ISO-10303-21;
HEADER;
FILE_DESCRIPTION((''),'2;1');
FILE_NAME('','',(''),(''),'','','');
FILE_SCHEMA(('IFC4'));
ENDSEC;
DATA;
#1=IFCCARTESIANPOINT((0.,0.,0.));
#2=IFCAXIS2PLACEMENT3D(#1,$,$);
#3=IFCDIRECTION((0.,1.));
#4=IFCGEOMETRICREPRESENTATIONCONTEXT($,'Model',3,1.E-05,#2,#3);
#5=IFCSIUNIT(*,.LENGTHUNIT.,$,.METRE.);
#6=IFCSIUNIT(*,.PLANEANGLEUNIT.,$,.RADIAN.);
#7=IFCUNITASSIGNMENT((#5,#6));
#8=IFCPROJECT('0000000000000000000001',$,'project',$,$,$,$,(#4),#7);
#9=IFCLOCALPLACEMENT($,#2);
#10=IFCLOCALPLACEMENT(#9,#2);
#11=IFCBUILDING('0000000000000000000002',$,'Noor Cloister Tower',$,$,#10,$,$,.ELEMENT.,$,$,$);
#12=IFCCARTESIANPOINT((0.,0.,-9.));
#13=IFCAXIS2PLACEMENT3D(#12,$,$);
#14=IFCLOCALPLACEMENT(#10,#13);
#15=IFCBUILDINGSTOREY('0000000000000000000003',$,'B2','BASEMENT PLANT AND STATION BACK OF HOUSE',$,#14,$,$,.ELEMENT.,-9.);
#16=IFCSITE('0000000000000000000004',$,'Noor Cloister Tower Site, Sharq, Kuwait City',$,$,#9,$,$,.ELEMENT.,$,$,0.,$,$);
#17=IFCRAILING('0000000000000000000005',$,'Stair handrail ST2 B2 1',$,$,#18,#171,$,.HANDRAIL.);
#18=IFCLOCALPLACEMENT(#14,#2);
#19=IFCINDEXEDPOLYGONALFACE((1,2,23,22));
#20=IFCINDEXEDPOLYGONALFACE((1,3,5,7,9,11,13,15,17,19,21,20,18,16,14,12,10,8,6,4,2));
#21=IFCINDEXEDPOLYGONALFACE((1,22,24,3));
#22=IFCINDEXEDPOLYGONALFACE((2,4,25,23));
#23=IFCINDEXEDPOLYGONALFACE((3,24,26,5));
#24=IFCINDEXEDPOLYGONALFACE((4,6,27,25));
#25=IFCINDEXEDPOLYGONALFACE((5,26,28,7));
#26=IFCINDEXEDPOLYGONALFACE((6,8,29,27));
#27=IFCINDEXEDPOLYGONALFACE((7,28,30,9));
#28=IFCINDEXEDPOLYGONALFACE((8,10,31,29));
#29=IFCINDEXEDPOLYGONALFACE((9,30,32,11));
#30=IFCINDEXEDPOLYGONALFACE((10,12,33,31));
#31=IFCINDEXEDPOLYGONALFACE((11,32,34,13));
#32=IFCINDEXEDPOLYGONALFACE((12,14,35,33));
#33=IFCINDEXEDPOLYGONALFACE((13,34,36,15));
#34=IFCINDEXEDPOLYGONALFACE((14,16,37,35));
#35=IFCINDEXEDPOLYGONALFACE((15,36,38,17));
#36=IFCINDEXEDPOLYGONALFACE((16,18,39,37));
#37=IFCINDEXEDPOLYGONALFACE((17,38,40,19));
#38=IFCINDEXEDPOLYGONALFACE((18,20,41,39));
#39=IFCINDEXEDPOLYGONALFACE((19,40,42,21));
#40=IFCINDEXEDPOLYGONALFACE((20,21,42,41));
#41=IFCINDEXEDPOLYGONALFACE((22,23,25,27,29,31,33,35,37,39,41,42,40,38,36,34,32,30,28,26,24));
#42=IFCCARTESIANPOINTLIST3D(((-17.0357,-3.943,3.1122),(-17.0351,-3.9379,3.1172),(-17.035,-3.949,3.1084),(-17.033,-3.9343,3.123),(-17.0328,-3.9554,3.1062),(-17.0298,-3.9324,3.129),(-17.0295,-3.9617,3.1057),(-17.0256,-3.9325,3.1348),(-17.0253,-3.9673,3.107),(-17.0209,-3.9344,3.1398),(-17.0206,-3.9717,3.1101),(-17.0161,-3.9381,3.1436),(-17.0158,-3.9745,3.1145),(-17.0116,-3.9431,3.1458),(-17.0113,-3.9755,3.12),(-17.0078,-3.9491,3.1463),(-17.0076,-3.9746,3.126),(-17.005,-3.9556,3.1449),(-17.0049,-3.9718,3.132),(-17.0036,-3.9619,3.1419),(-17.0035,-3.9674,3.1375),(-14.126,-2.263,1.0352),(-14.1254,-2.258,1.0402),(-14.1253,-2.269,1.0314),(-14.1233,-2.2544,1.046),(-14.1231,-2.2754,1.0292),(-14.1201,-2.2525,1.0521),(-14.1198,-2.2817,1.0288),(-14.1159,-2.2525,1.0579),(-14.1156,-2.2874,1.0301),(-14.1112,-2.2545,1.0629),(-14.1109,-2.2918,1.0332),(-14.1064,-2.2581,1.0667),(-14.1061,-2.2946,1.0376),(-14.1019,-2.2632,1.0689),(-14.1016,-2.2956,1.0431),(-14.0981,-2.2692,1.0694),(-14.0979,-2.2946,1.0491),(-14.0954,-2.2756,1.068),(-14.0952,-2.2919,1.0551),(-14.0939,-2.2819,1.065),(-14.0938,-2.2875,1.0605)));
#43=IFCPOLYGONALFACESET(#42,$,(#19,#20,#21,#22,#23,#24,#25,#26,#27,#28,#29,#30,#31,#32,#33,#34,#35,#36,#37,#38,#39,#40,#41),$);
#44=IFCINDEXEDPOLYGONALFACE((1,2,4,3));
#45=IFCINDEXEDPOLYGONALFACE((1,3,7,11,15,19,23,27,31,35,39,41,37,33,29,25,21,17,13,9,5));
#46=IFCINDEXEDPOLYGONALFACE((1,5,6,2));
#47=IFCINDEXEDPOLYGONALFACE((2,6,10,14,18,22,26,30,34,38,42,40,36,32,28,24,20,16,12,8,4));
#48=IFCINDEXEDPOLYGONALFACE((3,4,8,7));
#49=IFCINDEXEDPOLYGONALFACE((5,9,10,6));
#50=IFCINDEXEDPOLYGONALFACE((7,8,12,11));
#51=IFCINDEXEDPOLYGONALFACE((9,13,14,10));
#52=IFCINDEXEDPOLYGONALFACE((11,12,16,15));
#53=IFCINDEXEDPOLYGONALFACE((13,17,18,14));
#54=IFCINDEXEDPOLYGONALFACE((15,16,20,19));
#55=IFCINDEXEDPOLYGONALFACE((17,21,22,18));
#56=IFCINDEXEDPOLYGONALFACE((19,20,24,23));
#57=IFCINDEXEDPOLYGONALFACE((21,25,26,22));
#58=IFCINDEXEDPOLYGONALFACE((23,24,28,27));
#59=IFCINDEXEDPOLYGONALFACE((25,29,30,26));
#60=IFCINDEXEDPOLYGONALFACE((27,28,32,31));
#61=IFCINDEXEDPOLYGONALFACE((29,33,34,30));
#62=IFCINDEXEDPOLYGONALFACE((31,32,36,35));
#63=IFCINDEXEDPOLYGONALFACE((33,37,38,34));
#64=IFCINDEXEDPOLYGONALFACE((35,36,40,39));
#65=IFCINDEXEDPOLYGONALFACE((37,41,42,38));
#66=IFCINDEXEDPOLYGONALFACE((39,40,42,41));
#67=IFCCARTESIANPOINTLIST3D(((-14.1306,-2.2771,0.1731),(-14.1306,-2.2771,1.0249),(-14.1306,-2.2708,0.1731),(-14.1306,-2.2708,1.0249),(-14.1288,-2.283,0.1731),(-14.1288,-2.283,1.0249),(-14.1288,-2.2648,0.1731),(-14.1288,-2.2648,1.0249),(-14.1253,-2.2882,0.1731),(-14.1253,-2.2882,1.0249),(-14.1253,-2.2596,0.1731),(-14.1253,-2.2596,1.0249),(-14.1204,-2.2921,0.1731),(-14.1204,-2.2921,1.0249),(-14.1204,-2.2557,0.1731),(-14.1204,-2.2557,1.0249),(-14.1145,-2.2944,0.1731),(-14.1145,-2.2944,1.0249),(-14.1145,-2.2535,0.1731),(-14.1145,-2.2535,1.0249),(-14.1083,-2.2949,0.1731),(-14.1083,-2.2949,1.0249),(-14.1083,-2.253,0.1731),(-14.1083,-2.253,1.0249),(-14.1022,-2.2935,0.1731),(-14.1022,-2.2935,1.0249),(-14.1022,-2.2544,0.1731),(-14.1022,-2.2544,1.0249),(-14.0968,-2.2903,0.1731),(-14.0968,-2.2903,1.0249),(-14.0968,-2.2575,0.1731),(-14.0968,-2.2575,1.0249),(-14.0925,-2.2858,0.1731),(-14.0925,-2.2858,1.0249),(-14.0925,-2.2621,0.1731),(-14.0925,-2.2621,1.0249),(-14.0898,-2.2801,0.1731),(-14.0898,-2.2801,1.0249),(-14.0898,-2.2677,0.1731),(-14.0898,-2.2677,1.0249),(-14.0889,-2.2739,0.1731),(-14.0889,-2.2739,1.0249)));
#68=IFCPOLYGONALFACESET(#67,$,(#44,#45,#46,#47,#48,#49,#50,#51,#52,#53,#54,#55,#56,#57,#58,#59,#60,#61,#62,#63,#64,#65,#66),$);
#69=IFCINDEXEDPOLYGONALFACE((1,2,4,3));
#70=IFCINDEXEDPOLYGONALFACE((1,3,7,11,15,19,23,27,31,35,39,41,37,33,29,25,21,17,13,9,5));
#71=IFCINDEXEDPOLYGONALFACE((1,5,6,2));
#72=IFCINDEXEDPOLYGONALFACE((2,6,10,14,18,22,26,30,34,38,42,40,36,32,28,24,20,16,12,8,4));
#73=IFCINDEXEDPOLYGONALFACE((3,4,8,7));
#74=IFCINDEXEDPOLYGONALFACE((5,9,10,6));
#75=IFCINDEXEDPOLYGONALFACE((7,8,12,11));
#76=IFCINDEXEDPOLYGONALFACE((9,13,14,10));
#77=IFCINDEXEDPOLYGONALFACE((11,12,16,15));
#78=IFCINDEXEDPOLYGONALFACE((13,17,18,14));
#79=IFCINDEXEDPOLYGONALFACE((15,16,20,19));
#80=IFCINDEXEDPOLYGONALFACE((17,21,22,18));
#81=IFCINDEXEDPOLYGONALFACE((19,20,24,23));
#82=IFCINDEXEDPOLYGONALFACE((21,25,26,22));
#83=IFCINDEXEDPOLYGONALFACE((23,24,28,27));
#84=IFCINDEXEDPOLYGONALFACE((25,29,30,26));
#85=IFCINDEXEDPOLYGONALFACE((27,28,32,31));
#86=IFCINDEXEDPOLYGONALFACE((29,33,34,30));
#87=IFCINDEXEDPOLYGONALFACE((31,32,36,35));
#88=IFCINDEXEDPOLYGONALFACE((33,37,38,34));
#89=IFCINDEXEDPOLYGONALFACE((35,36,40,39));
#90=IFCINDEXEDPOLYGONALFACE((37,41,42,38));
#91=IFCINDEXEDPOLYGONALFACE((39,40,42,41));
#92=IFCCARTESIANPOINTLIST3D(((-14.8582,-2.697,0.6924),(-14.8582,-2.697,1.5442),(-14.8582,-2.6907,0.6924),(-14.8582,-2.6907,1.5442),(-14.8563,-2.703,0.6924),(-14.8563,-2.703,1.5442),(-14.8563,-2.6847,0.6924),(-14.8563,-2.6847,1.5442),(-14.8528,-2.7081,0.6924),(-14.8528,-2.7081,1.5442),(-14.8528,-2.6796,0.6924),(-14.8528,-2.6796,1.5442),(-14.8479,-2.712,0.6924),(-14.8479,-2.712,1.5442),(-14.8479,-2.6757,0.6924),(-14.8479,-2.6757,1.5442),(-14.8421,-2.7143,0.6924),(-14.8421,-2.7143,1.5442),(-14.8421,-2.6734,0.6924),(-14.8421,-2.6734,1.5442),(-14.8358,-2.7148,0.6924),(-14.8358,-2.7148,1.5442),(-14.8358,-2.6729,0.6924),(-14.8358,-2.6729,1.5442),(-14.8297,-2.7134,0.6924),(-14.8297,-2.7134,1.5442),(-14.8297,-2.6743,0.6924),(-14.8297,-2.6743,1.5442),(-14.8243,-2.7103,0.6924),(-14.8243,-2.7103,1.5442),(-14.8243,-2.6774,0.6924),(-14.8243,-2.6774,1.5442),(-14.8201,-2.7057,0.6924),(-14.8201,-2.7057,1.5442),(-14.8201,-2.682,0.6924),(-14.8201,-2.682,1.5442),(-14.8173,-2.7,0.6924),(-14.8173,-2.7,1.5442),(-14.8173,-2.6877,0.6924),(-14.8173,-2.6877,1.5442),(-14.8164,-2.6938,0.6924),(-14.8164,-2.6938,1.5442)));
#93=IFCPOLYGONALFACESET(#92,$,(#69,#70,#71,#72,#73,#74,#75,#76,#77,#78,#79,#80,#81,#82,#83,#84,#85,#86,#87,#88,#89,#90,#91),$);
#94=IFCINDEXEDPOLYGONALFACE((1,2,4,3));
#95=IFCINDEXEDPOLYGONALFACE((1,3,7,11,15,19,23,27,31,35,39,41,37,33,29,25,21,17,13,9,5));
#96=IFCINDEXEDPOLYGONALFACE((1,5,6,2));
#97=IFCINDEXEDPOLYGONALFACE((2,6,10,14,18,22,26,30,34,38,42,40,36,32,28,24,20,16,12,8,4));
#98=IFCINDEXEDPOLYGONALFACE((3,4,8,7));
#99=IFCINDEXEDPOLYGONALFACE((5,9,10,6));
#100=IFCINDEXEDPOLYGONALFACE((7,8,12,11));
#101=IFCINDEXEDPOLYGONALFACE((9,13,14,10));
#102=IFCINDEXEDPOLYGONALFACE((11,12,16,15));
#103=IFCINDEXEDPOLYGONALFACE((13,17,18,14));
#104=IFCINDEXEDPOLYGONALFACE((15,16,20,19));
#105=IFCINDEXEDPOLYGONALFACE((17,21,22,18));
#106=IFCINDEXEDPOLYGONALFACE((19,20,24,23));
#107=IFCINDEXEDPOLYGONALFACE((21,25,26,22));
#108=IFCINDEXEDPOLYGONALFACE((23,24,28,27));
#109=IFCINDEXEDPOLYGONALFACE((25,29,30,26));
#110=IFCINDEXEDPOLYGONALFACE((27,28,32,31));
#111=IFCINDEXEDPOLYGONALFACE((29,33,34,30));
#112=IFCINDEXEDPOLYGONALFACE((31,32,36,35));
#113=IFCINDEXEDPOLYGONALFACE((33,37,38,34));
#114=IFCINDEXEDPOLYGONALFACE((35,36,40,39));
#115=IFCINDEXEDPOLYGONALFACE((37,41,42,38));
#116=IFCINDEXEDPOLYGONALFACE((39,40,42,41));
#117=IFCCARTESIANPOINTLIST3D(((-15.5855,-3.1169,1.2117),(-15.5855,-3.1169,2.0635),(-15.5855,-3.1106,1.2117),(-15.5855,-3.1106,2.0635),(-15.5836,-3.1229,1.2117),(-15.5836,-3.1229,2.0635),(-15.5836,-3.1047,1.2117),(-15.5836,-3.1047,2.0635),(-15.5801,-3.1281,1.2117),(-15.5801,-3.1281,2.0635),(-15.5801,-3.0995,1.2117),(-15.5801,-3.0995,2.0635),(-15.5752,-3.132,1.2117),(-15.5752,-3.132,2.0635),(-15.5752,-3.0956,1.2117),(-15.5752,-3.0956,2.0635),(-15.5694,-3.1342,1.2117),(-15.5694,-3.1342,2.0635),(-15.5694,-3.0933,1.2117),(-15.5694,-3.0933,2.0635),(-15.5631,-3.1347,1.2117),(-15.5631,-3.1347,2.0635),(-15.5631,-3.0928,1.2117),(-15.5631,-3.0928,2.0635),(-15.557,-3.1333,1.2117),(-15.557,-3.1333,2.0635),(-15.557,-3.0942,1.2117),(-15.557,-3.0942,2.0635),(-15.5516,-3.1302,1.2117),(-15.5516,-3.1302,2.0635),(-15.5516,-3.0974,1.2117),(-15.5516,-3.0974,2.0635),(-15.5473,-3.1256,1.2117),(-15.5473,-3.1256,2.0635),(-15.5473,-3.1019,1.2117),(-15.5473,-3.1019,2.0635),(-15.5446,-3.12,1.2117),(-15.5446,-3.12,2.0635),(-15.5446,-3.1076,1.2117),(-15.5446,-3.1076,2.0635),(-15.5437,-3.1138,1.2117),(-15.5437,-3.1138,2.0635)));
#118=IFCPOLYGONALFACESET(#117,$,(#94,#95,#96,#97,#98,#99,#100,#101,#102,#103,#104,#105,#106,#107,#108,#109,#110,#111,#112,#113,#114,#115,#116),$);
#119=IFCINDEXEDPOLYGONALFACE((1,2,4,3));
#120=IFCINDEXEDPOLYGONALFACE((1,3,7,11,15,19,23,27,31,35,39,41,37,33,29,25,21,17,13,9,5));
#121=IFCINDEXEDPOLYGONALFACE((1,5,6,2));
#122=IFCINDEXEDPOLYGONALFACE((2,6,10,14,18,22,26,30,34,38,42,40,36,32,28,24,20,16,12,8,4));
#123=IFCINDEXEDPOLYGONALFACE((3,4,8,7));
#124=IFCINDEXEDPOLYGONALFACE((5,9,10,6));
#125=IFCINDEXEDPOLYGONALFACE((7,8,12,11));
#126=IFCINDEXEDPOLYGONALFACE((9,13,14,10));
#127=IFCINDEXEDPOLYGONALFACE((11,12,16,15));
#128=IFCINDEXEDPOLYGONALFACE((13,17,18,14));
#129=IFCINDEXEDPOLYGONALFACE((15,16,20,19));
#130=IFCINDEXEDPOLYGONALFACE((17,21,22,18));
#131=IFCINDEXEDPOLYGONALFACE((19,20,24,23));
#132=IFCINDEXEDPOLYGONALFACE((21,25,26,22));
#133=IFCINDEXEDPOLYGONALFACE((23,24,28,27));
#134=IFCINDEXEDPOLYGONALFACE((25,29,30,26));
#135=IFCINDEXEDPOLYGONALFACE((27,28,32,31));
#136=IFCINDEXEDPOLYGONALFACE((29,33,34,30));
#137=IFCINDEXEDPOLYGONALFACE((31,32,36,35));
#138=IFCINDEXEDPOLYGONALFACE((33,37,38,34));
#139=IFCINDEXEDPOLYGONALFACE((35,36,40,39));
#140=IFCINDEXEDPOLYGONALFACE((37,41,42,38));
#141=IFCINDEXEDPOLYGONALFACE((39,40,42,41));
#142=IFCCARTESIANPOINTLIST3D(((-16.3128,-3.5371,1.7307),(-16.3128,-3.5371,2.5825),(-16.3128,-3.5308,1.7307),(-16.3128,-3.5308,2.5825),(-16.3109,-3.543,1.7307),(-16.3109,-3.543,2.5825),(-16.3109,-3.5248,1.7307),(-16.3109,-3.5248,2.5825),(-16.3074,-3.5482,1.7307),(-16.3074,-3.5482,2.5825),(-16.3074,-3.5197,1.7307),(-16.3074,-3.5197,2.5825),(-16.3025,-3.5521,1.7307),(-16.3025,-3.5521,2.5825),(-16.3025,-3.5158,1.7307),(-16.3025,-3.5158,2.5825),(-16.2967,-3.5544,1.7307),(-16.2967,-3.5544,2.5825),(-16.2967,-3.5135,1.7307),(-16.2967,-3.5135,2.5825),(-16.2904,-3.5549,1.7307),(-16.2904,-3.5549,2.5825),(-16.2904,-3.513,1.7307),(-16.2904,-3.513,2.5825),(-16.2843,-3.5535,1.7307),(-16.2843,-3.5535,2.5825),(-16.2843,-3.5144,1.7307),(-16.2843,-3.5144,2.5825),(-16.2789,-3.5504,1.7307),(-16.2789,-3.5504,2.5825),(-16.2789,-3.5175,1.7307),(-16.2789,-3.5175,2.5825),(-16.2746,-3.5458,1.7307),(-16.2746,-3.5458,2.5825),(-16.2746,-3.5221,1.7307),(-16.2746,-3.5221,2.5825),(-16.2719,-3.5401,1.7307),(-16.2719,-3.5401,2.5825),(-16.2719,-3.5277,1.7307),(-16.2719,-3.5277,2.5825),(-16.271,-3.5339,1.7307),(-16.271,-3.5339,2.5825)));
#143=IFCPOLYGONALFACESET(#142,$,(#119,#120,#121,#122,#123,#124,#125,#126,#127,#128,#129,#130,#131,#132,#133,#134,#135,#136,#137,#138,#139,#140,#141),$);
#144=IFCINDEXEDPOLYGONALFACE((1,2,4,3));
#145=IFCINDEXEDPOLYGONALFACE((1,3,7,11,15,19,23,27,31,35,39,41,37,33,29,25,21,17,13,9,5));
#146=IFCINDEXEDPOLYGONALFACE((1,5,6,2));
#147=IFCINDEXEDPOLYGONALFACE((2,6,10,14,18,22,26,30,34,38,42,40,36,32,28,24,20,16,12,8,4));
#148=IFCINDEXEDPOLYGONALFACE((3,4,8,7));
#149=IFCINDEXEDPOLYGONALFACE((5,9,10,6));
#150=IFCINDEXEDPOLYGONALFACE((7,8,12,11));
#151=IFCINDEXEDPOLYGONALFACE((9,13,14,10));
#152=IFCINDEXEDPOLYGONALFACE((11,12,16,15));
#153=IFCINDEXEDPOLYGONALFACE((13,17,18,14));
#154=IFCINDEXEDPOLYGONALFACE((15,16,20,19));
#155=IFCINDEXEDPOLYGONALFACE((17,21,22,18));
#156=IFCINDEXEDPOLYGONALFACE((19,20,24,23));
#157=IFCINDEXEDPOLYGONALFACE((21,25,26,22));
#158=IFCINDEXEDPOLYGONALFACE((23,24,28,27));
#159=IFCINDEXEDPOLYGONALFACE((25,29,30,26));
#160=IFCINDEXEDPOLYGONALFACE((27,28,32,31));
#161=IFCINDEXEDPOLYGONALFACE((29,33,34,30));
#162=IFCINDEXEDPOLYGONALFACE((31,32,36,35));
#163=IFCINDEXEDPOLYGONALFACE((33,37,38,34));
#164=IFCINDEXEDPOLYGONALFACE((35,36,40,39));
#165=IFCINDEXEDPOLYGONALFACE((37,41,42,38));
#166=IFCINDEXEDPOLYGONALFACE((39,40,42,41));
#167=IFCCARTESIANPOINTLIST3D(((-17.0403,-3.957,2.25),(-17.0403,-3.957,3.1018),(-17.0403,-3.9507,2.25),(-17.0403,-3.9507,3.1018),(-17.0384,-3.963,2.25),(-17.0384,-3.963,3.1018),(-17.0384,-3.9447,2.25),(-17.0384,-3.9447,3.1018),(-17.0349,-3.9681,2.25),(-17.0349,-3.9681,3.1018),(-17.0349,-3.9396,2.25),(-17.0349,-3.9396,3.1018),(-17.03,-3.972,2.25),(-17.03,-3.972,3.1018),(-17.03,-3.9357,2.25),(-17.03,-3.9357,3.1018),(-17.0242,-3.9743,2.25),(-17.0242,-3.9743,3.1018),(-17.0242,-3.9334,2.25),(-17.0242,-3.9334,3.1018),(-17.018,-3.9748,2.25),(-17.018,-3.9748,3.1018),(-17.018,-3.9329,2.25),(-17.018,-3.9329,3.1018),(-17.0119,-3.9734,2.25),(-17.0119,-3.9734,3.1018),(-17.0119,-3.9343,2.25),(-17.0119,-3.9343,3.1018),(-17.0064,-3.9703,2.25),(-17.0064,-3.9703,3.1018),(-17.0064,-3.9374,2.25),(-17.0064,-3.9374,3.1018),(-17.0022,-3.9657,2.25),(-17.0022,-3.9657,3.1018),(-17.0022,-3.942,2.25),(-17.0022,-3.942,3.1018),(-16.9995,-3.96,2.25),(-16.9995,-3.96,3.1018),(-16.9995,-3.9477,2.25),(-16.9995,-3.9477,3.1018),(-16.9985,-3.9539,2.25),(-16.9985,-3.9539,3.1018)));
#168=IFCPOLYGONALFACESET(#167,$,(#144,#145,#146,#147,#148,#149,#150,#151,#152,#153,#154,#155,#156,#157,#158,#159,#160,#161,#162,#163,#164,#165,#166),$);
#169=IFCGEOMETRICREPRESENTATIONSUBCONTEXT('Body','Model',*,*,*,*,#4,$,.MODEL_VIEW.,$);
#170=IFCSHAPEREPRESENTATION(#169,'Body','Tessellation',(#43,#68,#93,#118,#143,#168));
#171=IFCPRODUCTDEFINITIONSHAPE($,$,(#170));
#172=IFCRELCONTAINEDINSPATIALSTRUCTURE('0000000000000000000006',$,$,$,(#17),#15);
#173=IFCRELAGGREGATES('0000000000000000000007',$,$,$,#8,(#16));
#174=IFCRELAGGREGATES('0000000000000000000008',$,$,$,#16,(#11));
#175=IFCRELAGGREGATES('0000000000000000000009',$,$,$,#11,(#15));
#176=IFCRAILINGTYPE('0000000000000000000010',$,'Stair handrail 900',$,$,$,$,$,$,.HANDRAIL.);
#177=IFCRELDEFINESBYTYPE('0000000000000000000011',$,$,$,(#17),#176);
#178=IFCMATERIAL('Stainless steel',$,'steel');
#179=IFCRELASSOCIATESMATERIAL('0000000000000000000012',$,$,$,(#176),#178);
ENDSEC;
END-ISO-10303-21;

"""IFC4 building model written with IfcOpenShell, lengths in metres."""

from ifc_helpers import new_model, si_unit, direction, frame, origin, origin_2d, place, context, subcontext, project, spatial, circle, extrude, material, type_object, element, save


model = new_model("IFC4")

# Units and contexts
model_context = context("Model", 3, precision=1e-05, world=origin(), true_north=direction((0.0, 1.0)))
body_context = subcontext(model_context, "Body", "Model", "MODEL_VIEW")
ifc_project = project(units=[si_unit("LENGTHUNIT", "METRE"), si_unit("PLANEANGLEUNIT", "RADIAN")], contexts=[model_context])

# Site, building, storey
site_placement = place(None, origin())
site = spatial("IfcSite", under=ifc_project, at=site_placement, Name="Noor Cloister Tower Site, Sharq, Kuwait City", CompositionType="ELEMENT", RefElevation=0.0)
building_placement = place(site_placement, origin())
building = spatial("IfcBuilding", under=site, at=building_placement, Name="Noor Cloister Tower", CompositionType="ELEMENT")
storey_placement = place(building_placement, frame((0.0, 0.0, -9.0)))
storey = spatial("IfcBuildingStorey", under=building, at=storey_placement, Name="B2", Description="BASEMENT PLANT AND STATION BACK OF HOUSE", CompositionType="ELEMENT", Elevation=-9.0)

# Railing
ifc_material_1 = material(Name="Stainless steel", Category="steel")
railing_type = type_object("IfcRailingType", Name="Stair handrail 900", PredefinedType="HANDRAIL", material=ifc_material_1)
railing_1_placement = place(storey_placement, frame((-14.1099, -2.2739, 0.1731)))
element("IfcRailing", 1, at=railing_1_placement, inside=storey, type_object=railing_type, Name="Stair handrail ST2 B2 1", PredefinedType="HANDRAIL", context=body_context, shape_type="SweptSolid", body=[
    extrude(circle(Radius=0.0239, at=origin_2d()), frame((0.0, 0.0, 0.876), z_axis=(-0.73664, -0.425308, 0.525809), x_axis=(0.500008, -0.866021, 0.0)), (0.0, 0.0, 1.0), 3.95),
    extrude(circle(Radius=0.021, at=origin_2d()), origin(), (0.0, 0.0, 1.0), 0.8518),
    extrude(circle(Radius=0.021, at=origin_2d()), frame((-0.7275, -0.4199, 0.5193)), (0.0, 0.0, 1.0), 0.8518),
    extrude(circle(Radius=0.021, at=origin_2d()), frame((-1.4548, -0.8398, 1.0386)), (0.0, 0.0, 1.0), 0.8518),
    extrude(circle(Radius=0.021, at=origin_2d()), frame((-2.1821, -1.26, 1.5576)), (0.0, 0.0, 1.0), 0.8518),
    extrude(circle(Radius=0.021, at=origin_2d()), frame((-2.9097, -1.6799, 2.0769)), (0.0, 0.0, 1.0), 0.8518),
])

save(model, "model.ifc")
